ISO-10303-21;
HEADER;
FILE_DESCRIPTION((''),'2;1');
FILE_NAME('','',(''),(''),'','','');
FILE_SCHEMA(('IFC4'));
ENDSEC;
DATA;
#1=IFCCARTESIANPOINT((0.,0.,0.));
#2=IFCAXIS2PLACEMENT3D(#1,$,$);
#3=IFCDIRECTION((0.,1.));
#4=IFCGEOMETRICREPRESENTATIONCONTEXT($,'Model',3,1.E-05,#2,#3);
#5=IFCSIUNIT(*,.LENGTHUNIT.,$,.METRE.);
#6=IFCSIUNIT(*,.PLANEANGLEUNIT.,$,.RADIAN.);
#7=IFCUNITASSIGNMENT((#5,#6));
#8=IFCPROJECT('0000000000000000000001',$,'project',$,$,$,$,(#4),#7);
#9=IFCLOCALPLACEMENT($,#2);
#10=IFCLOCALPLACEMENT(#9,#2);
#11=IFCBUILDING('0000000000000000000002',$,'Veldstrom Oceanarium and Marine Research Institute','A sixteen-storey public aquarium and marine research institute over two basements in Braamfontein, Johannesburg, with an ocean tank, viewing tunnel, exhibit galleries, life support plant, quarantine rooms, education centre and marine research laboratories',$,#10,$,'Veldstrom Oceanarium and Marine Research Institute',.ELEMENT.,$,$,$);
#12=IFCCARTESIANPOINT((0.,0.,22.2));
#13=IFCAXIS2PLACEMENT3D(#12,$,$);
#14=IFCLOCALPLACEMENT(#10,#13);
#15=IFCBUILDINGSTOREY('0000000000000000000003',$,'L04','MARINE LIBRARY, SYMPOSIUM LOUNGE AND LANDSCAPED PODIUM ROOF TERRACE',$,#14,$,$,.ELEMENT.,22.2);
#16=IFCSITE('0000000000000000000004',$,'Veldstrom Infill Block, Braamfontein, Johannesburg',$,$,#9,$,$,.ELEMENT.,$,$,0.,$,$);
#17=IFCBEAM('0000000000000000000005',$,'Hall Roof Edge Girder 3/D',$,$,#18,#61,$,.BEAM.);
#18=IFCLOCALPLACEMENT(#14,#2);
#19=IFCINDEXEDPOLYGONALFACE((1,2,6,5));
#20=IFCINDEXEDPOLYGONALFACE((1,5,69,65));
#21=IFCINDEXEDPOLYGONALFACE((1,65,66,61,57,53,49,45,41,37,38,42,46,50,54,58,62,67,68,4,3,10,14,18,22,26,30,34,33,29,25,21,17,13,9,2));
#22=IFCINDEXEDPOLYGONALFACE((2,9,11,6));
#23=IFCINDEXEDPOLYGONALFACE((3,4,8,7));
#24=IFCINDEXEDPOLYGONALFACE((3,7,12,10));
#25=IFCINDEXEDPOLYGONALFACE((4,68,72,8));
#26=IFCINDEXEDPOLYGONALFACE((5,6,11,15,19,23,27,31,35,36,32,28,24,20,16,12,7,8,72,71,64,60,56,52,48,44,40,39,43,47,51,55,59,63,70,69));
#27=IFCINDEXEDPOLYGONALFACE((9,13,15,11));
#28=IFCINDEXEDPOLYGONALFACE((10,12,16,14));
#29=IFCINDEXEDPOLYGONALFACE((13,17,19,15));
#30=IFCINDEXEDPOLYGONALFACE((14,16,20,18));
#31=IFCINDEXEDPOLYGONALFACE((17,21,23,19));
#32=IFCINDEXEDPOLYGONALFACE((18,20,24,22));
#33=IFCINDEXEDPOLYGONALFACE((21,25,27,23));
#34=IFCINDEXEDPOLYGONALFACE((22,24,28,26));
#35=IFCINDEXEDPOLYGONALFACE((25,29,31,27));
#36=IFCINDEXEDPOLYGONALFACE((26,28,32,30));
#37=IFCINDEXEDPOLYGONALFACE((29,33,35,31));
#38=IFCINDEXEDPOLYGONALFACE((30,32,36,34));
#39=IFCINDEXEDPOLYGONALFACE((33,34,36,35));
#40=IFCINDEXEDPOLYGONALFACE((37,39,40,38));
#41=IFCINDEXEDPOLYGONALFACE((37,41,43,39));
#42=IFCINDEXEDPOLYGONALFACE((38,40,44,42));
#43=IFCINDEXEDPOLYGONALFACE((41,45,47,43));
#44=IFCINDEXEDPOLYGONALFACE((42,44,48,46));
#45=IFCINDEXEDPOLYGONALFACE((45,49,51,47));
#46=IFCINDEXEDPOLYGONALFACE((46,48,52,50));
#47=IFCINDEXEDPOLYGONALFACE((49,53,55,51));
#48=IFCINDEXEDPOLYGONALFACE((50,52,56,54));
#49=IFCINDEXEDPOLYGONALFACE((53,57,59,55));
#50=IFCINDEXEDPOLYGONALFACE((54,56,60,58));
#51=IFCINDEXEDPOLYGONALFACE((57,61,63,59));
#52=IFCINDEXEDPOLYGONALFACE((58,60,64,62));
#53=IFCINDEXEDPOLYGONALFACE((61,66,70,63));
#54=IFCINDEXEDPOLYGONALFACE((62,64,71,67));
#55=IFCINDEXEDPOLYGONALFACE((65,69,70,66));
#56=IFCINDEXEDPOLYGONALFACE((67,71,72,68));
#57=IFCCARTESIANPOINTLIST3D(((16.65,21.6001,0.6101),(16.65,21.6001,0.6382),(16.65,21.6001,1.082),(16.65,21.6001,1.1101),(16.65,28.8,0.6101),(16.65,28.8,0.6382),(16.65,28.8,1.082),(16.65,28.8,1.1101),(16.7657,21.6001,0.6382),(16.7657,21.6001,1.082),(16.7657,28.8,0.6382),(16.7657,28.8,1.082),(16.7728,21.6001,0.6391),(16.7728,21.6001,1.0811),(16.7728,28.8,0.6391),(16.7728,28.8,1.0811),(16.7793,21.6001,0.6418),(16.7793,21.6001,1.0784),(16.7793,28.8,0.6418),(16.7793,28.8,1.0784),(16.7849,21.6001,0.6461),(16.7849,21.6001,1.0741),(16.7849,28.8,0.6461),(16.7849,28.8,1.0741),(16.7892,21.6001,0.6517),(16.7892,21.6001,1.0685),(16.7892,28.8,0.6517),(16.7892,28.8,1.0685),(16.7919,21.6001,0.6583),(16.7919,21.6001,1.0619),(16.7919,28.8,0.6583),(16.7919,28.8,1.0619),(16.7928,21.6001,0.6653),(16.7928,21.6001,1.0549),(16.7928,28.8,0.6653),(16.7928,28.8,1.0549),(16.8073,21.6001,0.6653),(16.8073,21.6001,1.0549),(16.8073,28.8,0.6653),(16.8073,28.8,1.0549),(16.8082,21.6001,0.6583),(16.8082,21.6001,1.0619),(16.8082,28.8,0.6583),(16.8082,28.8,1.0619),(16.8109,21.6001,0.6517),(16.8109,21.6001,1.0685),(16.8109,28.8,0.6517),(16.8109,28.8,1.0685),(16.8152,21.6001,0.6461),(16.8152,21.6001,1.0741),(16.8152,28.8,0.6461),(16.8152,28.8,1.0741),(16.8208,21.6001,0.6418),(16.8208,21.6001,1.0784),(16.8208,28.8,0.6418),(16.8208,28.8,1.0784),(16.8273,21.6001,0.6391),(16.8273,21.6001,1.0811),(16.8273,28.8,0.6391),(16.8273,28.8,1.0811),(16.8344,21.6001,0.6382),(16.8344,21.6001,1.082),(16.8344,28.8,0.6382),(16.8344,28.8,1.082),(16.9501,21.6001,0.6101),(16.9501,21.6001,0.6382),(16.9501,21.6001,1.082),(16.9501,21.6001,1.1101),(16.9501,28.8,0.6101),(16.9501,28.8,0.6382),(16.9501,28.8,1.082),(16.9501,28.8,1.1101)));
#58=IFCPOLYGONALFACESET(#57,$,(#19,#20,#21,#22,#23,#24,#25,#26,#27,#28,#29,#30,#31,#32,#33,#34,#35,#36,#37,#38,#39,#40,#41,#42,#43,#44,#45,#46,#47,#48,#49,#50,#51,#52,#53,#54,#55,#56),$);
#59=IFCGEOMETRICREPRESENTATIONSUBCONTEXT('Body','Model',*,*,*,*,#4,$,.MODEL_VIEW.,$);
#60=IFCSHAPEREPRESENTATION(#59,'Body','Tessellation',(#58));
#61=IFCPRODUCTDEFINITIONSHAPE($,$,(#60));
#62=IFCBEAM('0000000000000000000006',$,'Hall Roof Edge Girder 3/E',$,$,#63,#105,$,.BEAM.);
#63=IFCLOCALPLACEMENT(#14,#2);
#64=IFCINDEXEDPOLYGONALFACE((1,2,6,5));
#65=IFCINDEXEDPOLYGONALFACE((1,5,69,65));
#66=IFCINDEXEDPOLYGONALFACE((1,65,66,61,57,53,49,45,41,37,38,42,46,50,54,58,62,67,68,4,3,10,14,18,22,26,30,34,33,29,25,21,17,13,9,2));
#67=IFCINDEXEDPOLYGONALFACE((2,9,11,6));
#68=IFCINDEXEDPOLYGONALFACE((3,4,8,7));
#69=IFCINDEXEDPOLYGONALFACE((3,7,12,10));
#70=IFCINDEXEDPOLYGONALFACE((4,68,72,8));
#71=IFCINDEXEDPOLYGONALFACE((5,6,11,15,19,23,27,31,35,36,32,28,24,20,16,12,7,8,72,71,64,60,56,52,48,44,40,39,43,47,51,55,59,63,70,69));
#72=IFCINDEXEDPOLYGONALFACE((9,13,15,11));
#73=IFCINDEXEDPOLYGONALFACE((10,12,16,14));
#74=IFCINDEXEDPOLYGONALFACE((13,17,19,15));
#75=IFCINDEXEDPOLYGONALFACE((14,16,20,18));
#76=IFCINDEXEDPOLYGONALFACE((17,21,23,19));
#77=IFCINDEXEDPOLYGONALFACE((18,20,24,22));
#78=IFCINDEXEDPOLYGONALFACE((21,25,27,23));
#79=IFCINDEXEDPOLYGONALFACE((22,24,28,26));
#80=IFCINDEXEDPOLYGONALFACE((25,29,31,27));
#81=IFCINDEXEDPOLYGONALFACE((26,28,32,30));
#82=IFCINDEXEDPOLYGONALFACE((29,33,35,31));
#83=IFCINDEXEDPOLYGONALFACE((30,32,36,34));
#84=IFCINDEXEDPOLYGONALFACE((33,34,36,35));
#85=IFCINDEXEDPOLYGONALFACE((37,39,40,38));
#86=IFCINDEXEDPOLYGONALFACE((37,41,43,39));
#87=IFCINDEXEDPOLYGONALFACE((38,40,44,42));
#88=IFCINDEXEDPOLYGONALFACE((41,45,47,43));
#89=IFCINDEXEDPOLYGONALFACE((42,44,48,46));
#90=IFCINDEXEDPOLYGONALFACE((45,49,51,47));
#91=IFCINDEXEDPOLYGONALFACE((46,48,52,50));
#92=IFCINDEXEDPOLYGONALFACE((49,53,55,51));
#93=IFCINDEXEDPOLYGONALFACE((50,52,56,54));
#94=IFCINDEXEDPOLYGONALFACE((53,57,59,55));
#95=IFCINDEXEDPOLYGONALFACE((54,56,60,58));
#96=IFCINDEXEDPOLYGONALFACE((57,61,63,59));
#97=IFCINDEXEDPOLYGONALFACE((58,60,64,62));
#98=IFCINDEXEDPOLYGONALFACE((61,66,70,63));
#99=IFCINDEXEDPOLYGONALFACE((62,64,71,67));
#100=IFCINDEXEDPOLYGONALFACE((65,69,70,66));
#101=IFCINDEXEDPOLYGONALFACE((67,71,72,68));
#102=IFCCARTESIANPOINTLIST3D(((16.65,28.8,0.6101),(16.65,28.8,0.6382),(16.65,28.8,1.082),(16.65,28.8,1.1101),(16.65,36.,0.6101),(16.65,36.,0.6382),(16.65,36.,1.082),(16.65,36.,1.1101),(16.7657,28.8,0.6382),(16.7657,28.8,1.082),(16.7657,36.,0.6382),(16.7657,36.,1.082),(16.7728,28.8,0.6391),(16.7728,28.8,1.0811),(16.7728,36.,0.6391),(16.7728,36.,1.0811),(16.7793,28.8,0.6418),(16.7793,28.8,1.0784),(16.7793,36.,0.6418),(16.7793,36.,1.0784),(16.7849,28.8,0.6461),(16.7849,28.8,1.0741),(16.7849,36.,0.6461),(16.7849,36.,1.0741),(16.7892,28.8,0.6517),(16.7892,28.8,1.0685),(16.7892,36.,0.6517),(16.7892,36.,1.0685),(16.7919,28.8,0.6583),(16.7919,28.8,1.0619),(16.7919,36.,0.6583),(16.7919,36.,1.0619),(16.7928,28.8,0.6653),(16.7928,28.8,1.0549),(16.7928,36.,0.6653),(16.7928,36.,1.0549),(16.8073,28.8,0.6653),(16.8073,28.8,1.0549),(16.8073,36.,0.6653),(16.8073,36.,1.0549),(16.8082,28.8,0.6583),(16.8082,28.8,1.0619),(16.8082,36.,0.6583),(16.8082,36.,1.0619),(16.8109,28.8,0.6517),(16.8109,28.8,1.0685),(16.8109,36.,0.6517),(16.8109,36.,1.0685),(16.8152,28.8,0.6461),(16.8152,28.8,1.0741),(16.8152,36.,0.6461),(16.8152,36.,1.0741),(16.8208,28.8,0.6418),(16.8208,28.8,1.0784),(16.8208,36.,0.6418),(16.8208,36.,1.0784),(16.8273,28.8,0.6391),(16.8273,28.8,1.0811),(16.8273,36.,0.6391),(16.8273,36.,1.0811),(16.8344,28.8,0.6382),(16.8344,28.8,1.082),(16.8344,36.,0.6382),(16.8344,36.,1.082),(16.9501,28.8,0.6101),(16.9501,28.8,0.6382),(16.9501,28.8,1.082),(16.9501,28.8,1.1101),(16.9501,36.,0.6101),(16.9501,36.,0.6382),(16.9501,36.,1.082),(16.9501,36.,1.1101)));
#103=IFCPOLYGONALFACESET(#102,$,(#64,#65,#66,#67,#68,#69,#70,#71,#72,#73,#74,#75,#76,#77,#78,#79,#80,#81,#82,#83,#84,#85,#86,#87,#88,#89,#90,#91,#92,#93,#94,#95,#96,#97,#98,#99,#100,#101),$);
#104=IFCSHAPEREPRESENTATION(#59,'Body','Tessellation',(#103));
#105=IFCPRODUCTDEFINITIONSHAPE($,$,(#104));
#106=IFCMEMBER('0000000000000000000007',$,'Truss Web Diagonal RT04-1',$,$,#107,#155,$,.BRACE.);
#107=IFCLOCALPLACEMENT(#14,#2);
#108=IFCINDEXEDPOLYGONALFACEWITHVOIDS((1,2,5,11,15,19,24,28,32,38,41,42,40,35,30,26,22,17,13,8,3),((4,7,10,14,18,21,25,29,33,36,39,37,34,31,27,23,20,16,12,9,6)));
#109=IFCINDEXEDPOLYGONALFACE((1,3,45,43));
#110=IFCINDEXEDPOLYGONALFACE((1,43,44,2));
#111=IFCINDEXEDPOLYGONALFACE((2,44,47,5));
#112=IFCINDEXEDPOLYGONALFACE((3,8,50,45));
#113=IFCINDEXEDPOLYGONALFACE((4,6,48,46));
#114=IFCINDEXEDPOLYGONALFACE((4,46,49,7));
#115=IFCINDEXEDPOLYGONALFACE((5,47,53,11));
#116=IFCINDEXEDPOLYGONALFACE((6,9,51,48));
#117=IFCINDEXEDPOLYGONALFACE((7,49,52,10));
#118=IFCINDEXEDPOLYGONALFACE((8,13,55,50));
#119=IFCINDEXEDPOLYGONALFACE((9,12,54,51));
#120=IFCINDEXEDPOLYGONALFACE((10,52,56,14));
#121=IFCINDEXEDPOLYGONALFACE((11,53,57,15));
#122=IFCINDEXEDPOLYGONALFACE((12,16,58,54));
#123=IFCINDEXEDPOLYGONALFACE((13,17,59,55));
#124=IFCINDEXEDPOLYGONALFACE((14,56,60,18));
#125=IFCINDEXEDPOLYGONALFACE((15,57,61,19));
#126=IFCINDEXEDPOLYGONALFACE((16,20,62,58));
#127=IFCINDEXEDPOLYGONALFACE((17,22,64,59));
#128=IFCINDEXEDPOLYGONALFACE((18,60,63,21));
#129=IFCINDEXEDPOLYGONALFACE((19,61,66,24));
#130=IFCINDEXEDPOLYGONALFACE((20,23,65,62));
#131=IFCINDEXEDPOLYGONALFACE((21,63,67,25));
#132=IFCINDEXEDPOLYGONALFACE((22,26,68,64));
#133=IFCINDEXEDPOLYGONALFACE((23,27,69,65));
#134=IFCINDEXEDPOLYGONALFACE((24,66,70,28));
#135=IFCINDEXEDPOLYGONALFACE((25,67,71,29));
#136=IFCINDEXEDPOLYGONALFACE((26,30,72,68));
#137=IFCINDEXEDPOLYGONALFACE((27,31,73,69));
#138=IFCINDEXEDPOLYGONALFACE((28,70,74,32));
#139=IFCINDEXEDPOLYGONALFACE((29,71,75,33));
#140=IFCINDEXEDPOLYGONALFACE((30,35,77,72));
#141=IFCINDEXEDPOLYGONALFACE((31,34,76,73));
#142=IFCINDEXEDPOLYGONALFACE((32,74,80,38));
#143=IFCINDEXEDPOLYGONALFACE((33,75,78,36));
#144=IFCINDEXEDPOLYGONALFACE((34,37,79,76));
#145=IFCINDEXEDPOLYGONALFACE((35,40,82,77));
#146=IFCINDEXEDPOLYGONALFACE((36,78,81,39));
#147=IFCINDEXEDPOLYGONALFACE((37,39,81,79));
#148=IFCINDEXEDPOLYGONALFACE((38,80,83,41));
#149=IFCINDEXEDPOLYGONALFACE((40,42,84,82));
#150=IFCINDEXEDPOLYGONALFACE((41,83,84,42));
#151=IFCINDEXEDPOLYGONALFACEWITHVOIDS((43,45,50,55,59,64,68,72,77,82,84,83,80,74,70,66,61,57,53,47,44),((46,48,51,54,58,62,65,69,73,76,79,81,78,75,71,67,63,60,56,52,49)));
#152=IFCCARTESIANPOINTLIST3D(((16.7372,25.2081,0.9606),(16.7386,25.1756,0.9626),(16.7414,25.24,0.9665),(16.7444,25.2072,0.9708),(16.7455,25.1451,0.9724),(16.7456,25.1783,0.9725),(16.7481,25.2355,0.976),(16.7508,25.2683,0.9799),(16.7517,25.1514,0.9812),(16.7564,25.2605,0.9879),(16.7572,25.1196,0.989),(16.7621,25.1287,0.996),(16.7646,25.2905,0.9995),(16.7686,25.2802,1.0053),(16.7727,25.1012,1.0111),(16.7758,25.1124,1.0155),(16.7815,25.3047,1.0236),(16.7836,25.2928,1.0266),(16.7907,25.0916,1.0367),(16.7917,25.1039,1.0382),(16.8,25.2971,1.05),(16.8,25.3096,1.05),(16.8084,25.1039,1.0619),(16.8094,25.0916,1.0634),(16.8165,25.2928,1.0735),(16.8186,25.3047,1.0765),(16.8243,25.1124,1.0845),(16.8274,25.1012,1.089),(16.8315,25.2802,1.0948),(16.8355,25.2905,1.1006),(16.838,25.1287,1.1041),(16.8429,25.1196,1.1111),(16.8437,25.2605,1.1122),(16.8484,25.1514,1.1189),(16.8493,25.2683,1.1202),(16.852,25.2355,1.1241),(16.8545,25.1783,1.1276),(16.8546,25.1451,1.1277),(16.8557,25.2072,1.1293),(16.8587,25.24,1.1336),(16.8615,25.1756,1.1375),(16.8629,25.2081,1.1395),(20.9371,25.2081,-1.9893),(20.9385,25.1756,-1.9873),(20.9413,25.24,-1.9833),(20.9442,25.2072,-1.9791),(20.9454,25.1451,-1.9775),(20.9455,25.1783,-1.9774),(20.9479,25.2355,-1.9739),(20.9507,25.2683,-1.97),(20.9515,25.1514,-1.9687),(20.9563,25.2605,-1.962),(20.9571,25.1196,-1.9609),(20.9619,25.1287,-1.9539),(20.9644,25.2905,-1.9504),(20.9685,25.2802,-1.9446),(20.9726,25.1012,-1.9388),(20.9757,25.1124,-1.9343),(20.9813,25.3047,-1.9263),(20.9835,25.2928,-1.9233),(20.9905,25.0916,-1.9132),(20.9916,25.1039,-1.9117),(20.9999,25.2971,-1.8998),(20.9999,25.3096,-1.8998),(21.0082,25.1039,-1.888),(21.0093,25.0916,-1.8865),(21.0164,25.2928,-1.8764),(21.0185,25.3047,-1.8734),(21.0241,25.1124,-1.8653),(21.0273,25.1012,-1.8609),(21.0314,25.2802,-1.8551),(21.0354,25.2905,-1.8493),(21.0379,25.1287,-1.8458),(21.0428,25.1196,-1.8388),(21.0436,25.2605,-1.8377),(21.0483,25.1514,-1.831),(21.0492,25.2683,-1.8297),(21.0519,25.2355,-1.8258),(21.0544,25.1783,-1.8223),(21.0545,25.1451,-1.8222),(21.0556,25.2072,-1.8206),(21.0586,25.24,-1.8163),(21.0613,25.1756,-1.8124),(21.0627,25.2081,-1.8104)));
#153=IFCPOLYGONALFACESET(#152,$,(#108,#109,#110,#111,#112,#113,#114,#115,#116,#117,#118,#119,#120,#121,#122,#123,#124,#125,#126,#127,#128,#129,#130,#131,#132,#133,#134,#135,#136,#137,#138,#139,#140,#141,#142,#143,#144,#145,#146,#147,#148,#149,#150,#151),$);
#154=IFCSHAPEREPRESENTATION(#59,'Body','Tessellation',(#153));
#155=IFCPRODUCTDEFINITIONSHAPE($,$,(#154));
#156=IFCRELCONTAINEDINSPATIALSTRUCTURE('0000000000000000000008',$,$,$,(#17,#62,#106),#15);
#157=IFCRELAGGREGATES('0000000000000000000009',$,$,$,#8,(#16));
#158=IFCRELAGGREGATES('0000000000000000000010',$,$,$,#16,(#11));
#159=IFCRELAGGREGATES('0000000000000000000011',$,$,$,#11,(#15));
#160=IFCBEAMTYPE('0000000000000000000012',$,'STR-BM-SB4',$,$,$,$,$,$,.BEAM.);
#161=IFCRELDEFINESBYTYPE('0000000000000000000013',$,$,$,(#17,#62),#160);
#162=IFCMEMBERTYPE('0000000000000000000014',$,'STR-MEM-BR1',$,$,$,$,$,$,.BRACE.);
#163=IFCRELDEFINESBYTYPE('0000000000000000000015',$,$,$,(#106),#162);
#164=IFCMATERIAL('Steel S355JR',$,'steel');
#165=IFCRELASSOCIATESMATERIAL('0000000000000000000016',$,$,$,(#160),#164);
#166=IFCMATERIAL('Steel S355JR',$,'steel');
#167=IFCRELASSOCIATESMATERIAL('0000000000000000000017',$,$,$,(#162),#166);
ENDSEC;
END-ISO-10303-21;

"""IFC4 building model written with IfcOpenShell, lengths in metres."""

from ifc_helpers import new_model, si_unit, direction, frame, origin, origin_2d, place, context, subcontext, project, spatial, hollow_circle, i_section, extrude, material, material_profile, profile_set, type_object, element, save


model = new_model("IFC4")

# Units and contexts
model_context = context("Model", 3, precision=1e-05, world=origin(), true_north=direction((0.0, 1.0)))
body_context = subcontext(model_context, "Body", "Model", "MODEL_VIEW")
ifc_project = project(units=[si_unit("LENGTHUNIT", "METRE"), si_unit("PLANEANGLEUNIT", "RADIAN")], contexts=[model_context])

# Site, building, storey
site_placement = place(None, origin())
site = spatial("IfcSite", under=ifc_project, at=site_placement, Name="Veldstrom Infill Block, Braamfontein, Johannesburg", CompositionType="ELEMENT", RefElevation=0.0)
building_placement = place(site_placement, origin())
building = spatial("IfcBuilding", under=site, at=building_placement, Name="Veldstrom Oceanarium and Marine Research Institute", Description="A sixteen-storey public aquarium and marine research institute over two basements in Braamfontein, Johannesburg, with an ocean tank, viewing tunnel, exhibit galleries, life support plant, quarantine rooms, education centre and marine research laboratories", LongName="Veldstrom Oceanarium and Marine Research Institute", CompositionType="ELEMENT")
storey_placement = place(building_placement, frame((0.0, 0.0, 22.2)))
storey = spatial("IfcBuildingStorey", under=building, at=storey_placement, Name="L04", Description="MARINE LIBRARY, SYMPOSIUM LOUNGE AND LANDSCAPED PODIUM ROOF TERRACE", CompositionType="ELEMENT", Elevation=22.2)

# Beams
ifc_material_1 = material(Name="Steel S355JR", Category="steel")
ifc_material_profile_1 = material_profile(ifc_material_1, i_section(OverallWidth=0.3, OverallDepth=0.5, WebThickness=0.0144, FlangeThickness=0.0281, FilletRadius=0.0271, at=origin_2d()), Name="HEB 500")
ifc_profile_set_1 = profile_set([ifc_material_profile_1], Name="Steel S355JR")
beam_type_1 = type_object("IfcBeamType", Name="STR-BM-SB4", PredefinedType="BEAM", material=ifc_profile_set_1)
for number, where, z_axis, x_axis, name in (
    (1, (16.8, 21.6001, 0.8601), (0.0, 1.0, 0.0), (-1.0, 0.0, 0.0), "Hall Roof Edge Girder 3/D"),
    (2, (16.8, 28.8, 0.8601), (0.0, 1.0, 0.0), (-1.0, 0.0, 0.0), "Hall Roof Edge Girder 3/E"),
):
    element("IfcBeam", number, at=place(storey_placement, frame(where, z_axis=z_axis, x_axis=x_axis)), inside=storey, type_object=beam_type_1, Name=name, PredefinedType="BEAM", context=body_context, shape_type="SweptSolid", body=[
        extrude(i_section(OverallWidth=0.3, OverallDepth=0.5, WebThickness=0.0144, FlangeThickness=0.0281, FilletRadius=0.0271, at=origin_2d()), origin(), (0.0, 0.0, 1.0), 7.2),
    ])

# Member
ifc_material_2 = material(Name="Steel S355JR", Category="steel")
ifc_material_profile_2 = material_profile(ifc_material_2, hollow_circle(Radius=0.1096, WallThickness=0.0125, at=origin_2d()), Name="CHS 219.1x12.5")
ifc_profile_set_2 = profile_set([ifc_material_profile_2], Name="Steel S355JR")
member_type_1 = type_object("IfcMemberType", Name="STR-MEM-BR1", PredefinedType="BRACE", material=ifc_profile_set_2)
member_1_placement = place(storey_placement, frame((16.8, 25.2, 1.05), z_axis=(0.818317, 0.0, -0.574767), x_axis=(0.0, 1.0, 0.0)))
element("IfcMember", 3, at=member_1_placement, inside=storey, type_object=member_type_1, Name="Truss Web Diagonal RT04-1", PredefinedType="BRACE", context=body_context, shape_type="SweptSolid", body=[
    extrude(hollow_circle(Radius=0.1096, WallThickness=0.0125, at=origin_2d()), origin(), (0.0, 0.0, 1.0), 5.1323),
])

save(model, "model.ifc")
